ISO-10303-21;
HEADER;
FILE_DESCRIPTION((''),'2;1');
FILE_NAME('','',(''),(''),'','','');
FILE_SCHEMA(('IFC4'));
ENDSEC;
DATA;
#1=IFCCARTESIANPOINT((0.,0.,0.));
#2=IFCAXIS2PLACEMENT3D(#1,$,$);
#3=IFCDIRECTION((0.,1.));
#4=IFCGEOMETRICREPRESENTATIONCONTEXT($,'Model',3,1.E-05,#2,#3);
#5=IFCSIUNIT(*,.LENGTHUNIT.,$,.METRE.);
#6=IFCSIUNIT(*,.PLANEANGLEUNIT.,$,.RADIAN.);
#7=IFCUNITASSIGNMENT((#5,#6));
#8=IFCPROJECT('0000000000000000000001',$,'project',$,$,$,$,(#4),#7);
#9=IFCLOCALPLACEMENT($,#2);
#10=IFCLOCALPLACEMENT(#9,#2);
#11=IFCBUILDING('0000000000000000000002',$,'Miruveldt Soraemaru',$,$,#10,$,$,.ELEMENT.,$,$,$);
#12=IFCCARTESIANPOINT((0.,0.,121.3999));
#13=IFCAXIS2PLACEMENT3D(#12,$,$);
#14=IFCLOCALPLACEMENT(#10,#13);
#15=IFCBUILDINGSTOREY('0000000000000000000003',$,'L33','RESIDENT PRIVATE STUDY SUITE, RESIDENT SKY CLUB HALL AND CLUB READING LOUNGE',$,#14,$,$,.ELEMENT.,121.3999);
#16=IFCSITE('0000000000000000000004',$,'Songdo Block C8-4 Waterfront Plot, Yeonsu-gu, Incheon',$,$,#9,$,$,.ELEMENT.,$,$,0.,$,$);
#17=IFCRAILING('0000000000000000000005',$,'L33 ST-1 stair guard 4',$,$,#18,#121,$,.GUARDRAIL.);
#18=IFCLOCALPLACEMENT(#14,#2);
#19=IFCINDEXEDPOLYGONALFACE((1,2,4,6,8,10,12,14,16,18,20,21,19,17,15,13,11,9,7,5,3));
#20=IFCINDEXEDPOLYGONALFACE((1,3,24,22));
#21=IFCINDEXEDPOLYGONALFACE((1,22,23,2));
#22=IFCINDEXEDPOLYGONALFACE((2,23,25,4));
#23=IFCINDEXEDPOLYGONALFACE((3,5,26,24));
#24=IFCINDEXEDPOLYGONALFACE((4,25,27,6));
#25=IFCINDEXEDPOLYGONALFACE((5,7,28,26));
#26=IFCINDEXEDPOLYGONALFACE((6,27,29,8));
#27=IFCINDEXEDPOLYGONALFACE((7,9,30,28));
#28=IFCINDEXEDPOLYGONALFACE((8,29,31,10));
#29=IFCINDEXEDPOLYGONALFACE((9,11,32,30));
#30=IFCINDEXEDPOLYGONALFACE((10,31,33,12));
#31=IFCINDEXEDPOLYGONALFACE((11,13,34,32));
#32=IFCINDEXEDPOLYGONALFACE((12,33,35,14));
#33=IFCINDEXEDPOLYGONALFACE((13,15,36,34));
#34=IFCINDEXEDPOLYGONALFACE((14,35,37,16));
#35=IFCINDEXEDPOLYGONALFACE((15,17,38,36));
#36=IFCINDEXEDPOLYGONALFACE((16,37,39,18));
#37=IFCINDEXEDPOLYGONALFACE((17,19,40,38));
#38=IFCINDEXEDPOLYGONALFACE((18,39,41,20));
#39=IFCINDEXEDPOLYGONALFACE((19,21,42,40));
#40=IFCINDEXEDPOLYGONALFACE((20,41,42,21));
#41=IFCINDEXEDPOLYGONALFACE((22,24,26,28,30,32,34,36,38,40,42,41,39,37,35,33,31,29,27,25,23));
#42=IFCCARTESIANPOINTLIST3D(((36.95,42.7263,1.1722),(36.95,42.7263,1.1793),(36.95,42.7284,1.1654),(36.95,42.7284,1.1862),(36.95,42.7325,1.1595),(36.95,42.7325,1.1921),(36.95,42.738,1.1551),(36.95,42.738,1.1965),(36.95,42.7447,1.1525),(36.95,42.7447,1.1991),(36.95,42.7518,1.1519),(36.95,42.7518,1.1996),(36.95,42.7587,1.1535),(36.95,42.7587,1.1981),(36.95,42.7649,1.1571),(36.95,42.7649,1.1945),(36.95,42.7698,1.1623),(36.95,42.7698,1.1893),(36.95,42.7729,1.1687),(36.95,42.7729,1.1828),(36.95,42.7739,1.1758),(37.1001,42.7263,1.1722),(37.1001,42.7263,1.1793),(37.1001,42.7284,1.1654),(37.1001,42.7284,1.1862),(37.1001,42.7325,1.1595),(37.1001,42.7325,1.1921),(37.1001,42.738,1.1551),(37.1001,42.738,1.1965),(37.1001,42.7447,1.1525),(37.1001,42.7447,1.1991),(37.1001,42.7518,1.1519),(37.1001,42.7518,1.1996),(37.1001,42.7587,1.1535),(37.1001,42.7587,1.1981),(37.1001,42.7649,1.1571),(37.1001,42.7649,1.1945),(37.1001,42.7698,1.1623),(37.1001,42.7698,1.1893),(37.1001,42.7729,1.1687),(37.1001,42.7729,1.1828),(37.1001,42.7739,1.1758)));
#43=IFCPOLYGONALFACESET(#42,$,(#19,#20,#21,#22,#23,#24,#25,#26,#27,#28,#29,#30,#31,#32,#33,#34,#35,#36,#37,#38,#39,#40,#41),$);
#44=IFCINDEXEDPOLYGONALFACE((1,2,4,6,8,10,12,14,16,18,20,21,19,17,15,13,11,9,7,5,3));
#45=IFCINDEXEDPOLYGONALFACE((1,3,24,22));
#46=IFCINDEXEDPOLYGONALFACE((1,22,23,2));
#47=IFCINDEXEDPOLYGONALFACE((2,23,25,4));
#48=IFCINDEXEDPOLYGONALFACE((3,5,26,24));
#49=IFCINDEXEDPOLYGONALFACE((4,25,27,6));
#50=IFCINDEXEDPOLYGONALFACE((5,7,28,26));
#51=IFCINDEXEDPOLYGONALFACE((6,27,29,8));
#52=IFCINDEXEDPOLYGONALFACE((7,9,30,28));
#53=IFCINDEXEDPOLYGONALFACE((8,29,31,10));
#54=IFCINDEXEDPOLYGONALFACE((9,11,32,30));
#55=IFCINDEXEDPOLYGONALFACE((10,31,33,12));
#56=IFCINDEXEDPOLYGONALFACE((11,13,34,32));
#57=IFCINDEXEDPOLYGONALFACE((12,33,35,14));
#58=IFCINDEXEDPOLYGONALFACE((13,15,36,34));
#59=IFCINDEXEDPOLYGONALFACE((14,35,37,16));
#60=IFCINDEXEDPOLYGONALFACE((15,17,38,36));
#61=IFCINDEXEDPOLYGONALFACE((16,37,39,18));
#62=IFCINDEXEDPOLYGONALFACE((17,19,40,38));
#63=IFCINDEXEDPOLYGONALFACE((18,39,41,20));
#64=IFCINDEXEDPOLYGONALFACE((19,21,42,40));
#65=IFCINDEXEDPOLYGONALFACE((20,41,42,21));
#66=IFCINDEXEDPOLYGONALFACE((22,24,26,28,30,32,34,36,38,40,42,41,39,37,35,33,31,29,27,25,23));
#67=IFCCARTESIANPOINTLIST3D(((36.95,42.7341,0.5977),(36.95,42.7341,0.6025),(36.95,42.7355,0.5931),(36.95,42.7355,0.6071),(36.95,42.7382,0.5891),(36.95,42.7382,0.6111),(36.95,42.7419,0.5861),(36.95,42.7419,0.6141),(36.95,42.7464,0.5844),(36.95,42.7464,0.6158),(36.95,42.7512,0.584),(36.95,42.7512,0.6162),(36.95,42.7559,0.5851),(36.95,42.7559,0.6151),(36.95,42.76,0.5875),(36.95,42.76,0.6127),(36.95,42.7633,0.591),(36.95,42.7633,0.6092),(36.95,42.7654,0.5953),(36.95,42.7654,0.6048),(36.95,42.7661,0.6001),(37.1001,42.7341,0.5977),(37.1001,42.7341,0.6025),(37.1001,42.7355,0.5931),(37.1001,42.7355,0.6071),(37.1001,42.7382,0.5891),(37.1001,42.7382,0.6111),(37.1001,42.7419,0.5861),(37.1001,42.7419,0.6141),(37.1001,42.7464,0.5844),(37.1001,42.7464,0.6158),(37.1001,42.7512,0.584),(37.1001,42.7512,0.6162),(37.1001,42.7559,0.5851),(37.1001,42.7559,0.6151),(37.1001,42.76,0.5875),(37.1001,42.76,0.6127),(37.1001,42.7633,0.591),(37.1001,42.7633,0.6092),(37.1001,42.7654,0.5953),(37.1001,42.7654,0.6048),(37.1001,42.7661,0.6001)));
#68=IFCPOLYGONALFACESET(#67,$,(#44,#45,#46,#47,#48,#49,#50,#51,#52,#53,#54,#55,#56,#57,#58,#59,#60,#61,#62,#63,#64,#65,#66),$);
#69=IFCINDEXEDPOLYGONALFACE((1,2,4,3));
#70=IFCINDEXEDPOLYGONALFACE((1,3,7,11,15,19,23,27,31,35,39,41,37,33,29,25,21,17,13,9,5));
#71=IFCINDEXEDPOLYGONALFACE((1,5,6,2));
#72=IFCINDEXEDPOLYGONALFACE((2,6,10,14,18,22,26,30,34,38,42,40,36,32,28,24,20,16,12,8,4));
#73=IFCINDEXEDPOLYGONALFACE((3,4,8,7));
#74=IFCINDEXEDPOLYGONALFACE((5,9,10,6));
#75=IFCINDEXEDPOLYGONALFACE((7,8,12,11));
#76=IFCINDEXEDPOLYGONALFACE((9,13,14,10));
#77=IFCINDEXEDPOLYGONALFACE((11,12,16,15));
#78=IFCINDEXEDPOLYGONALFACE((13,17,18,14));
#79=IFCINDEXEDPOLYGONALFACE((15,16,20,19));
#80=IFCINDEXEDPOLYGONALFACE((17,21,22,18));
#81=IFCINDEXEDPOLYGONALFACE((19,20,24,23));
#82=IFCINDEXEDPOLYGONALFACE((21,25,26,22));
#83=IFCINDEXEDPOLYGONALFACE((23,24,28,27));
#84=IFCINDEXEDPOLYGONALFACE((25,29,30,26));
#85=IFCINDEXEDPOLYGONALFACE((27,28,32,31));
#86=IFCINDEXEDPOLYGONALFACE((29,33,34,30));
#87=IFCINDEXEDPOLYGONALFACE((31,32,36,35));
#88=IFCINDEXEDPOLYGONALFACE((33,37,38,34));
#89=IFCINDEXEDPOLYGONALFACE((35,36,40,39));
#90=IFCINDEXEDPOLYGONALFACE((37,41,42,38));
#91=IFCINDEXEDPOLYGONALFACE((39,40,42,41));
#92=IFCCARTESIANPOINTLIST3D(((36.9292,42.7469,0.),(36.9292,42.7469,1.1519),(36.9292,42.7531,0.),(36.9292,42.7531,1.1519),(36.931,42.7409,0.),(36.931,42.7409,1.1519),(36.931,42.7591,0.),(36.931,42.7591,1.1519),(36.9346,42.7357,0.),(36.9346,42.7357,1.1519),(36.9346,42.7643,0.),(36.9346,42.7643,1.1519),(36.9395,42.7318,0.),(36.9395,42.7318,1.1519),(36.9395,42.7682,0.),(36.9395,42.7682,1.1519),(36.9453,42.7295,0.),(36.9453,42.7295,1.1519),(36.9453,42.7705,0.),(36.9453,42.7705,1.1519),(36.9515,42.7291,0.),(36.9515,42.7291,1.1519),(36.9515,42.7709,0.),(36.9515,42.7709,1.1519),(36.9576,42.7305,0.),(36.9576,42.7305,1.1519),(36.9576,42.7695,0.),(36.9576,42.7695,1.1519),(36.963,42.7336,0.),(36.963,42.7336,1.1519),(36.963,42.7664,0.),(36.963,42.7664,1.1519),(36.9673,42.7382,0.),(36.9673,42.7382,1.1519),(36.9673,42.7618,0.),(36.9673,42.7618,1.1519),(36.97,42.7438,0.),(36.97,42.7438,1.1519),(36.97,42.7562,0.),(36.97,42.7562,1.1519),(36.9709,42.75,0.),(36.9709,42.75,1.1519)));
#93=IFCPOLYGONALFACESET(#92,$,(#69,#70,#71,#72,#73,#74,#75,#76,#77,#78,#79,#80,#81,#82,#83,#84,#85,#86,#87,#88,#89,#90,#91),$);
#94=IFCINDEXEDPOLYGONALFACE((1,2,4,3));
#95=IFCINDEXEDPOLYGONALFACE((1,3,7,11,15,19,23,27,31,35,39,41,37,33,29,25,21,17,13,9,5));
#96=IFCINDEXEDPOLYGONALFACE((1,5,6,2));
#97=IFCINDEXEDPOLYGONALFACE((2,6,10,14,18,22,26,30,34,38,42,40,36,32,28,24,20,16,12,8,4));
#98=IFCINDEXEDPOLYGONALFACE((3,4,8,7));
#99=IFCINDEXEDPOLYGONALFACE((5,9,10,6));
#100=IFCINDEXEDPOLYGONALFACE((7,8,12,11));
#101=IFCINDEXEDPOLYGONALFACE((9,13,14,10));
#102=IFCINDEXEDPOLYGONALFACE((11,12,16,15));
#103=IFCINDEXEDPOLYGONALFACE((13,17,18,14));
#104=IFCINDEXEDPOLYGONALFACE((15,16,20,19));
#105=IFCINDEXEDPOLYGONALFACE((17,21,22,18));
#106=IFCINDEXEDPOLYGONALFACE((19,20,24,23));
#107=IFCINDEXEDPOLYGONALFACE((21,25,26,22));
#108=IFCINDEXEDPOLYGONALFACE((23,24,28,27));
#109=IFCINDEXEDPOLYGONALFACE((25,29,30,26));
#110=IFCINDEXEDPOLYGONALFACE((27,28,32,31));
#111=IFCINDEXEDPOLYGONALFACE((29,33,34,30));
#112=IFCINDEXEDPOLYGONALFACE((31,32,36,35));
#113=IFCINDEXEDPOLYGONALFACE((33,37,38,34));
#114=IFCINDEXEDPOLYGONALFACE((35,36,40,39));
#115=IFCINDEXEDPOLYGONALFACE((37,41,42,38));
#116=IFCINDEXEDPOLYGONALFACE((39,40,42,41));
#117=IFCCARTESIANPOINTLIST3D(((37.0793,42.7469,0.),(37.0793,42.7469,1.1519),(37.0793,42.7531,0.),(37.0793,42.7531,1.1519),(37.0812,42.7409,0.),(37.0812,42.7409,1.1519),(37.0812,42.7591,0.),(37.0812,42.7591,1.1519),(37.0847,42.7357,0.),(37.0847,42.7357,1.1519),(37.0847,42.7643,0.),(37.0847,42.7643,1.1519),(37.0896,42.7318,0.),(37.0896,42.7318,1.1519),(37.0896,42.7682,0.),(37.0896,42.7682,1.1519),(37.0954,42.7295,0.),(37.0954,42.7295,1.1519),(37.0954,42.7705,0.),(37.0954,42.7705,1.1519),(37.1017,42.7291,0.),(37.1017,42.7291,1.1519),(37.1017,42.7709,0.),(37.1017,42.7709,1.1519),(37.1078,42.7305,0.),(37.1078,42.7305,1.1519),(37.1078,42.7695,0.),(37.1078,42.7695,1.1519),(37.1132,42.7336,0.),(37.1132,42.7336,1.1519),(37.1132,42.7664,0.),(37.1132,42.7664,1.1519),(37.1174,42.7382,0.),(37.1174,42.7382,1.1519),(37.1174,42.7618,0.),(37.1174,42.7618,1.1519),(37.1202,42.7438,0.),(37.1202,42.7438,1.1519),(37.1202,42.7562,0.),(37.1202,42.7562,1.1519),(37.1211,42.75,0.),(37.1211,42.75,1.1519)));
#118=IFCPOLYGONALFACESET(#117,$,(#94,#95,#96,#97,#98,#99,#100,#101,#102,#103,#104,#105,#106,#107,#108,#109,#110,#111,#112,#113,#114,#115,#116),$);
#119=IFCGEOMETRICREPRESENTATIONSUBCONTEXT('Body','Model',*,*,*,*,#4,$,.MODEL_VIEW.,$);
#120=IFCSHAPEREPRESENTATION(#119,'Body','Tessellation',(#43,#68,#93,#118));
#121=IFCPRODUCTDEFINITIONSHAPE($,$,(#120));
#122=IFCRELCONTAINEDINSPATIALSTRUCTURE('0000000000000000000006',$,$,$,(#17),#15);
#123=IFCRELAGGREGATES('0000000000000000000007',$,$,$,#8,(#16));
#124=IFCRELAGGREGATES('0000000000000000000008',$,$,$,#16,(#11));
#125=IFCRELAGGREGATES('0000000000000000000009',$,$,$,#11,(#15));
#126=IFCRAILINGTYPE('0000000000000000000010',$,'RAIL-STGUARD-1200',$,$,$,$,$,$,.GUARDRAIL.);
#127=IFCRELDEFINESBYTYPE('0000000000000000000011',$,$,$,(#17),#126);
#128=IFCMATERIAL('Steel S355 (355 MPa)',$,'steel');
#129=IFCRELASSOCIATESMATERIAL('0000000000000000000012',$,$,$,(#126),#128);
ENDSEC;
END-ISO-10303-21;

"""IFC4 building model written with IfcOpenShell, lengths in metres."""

from ifc_helpers import new_model, si_unit, direction, frame, origin, origin_2d, place, context, subcontext, project, spatial, circle, extrude, material, type_object, element, save


model = new_model("IFC4")

# Units and contexts
model_context = context("Model", 3, precision=1e-05, world=origin(), true_north=direction((0.0, 1.0)))
body_context = subcontext(model_context, "Body", "Model", "MODEL_VIEW")
ifc_project = project(units=[si_unit("LENGTHUNIT", "METRE"), si_unit("PLANEANGLEUNIT", "RADIAN")], contexts=[model_context])

# Site, building, storey
site_placement = place(None, origin())
site = spatial("IfcSite", under=ifc_project, at=site_placement, Name="Songdo Block C8-4 Waterfront Plot, Yeonsu-gu, Incheon", CompositionType="ELEMENT", RefElevation=0.0)
building_placement = place(site_placement, origin())
building = spatial("IfcBuilding", under=site, at=building_placement, Name="Miruveldt Soraemaru", CompositionType="ELEMENT")
storey_placement = place(building_placement, frame((0.0, 0.0, 121.3999)))
storey = spatial("IfcBuildingStorey", under=building, at=storey_placement, Name="L33", Description="RESIDENT PRIVATE STUDY SUITE, RESIDENT SKY CLUB HALL AND CLUB READING LOUNGE", CompositionType="ELEMENT", Elevation=121.3999)

# Railing
ifc_material_1 = material(Name="Steel S355 (355 MPa)", Category="steel")
railing_type_1 = type_object("IfcRailingType", Name="RAIL-STGUARD-1200", PredefinedType="GUARDRAIL", material=ifc_material_1)
railing_1_placement = place(storey_placement, frame((36.95, 42.75, 0.0)))
element("IfcRailing", 1, at=railing_1_placement, inside=storey, type_object=railing_type_1, Name="L33 ST-1 stair guard 4", PredefinedType="GUARDRAIL", context=body_context, shape_type="SweptSolid", body=[
    extrude(circle(Radius=0.0239, at=origin_2d()), frame((0.0, 0.0, 1.1758), z_axis=(1.0, 0.0, 0.0), x_axis=(0.0, 1.0, 0.0)), (0.0, 0.0, 1.0), 0.1501),
    extrude(circle(Radius=0.0161, at=origin_2d()), frame((0.0, 0.0, 0.6001), z_axis=(1.0, 0.0, 0.0), x_axis=(0.0, 1.0, 0.0)), (0.0, 0.0, 1.0), 0.1501),
    extrude(circle(Radius=0.021, at=origin_2d()), origin(), (0.0, 0.0, 1.0), 1.1519),
    extrude(circle(Radius=0.021, at=origin_2d()), frame((0.1501, 0.0, 0.0)), (0.0, 0.0, 1.0), 1.1519),
])

save(model, "model.ifc")
